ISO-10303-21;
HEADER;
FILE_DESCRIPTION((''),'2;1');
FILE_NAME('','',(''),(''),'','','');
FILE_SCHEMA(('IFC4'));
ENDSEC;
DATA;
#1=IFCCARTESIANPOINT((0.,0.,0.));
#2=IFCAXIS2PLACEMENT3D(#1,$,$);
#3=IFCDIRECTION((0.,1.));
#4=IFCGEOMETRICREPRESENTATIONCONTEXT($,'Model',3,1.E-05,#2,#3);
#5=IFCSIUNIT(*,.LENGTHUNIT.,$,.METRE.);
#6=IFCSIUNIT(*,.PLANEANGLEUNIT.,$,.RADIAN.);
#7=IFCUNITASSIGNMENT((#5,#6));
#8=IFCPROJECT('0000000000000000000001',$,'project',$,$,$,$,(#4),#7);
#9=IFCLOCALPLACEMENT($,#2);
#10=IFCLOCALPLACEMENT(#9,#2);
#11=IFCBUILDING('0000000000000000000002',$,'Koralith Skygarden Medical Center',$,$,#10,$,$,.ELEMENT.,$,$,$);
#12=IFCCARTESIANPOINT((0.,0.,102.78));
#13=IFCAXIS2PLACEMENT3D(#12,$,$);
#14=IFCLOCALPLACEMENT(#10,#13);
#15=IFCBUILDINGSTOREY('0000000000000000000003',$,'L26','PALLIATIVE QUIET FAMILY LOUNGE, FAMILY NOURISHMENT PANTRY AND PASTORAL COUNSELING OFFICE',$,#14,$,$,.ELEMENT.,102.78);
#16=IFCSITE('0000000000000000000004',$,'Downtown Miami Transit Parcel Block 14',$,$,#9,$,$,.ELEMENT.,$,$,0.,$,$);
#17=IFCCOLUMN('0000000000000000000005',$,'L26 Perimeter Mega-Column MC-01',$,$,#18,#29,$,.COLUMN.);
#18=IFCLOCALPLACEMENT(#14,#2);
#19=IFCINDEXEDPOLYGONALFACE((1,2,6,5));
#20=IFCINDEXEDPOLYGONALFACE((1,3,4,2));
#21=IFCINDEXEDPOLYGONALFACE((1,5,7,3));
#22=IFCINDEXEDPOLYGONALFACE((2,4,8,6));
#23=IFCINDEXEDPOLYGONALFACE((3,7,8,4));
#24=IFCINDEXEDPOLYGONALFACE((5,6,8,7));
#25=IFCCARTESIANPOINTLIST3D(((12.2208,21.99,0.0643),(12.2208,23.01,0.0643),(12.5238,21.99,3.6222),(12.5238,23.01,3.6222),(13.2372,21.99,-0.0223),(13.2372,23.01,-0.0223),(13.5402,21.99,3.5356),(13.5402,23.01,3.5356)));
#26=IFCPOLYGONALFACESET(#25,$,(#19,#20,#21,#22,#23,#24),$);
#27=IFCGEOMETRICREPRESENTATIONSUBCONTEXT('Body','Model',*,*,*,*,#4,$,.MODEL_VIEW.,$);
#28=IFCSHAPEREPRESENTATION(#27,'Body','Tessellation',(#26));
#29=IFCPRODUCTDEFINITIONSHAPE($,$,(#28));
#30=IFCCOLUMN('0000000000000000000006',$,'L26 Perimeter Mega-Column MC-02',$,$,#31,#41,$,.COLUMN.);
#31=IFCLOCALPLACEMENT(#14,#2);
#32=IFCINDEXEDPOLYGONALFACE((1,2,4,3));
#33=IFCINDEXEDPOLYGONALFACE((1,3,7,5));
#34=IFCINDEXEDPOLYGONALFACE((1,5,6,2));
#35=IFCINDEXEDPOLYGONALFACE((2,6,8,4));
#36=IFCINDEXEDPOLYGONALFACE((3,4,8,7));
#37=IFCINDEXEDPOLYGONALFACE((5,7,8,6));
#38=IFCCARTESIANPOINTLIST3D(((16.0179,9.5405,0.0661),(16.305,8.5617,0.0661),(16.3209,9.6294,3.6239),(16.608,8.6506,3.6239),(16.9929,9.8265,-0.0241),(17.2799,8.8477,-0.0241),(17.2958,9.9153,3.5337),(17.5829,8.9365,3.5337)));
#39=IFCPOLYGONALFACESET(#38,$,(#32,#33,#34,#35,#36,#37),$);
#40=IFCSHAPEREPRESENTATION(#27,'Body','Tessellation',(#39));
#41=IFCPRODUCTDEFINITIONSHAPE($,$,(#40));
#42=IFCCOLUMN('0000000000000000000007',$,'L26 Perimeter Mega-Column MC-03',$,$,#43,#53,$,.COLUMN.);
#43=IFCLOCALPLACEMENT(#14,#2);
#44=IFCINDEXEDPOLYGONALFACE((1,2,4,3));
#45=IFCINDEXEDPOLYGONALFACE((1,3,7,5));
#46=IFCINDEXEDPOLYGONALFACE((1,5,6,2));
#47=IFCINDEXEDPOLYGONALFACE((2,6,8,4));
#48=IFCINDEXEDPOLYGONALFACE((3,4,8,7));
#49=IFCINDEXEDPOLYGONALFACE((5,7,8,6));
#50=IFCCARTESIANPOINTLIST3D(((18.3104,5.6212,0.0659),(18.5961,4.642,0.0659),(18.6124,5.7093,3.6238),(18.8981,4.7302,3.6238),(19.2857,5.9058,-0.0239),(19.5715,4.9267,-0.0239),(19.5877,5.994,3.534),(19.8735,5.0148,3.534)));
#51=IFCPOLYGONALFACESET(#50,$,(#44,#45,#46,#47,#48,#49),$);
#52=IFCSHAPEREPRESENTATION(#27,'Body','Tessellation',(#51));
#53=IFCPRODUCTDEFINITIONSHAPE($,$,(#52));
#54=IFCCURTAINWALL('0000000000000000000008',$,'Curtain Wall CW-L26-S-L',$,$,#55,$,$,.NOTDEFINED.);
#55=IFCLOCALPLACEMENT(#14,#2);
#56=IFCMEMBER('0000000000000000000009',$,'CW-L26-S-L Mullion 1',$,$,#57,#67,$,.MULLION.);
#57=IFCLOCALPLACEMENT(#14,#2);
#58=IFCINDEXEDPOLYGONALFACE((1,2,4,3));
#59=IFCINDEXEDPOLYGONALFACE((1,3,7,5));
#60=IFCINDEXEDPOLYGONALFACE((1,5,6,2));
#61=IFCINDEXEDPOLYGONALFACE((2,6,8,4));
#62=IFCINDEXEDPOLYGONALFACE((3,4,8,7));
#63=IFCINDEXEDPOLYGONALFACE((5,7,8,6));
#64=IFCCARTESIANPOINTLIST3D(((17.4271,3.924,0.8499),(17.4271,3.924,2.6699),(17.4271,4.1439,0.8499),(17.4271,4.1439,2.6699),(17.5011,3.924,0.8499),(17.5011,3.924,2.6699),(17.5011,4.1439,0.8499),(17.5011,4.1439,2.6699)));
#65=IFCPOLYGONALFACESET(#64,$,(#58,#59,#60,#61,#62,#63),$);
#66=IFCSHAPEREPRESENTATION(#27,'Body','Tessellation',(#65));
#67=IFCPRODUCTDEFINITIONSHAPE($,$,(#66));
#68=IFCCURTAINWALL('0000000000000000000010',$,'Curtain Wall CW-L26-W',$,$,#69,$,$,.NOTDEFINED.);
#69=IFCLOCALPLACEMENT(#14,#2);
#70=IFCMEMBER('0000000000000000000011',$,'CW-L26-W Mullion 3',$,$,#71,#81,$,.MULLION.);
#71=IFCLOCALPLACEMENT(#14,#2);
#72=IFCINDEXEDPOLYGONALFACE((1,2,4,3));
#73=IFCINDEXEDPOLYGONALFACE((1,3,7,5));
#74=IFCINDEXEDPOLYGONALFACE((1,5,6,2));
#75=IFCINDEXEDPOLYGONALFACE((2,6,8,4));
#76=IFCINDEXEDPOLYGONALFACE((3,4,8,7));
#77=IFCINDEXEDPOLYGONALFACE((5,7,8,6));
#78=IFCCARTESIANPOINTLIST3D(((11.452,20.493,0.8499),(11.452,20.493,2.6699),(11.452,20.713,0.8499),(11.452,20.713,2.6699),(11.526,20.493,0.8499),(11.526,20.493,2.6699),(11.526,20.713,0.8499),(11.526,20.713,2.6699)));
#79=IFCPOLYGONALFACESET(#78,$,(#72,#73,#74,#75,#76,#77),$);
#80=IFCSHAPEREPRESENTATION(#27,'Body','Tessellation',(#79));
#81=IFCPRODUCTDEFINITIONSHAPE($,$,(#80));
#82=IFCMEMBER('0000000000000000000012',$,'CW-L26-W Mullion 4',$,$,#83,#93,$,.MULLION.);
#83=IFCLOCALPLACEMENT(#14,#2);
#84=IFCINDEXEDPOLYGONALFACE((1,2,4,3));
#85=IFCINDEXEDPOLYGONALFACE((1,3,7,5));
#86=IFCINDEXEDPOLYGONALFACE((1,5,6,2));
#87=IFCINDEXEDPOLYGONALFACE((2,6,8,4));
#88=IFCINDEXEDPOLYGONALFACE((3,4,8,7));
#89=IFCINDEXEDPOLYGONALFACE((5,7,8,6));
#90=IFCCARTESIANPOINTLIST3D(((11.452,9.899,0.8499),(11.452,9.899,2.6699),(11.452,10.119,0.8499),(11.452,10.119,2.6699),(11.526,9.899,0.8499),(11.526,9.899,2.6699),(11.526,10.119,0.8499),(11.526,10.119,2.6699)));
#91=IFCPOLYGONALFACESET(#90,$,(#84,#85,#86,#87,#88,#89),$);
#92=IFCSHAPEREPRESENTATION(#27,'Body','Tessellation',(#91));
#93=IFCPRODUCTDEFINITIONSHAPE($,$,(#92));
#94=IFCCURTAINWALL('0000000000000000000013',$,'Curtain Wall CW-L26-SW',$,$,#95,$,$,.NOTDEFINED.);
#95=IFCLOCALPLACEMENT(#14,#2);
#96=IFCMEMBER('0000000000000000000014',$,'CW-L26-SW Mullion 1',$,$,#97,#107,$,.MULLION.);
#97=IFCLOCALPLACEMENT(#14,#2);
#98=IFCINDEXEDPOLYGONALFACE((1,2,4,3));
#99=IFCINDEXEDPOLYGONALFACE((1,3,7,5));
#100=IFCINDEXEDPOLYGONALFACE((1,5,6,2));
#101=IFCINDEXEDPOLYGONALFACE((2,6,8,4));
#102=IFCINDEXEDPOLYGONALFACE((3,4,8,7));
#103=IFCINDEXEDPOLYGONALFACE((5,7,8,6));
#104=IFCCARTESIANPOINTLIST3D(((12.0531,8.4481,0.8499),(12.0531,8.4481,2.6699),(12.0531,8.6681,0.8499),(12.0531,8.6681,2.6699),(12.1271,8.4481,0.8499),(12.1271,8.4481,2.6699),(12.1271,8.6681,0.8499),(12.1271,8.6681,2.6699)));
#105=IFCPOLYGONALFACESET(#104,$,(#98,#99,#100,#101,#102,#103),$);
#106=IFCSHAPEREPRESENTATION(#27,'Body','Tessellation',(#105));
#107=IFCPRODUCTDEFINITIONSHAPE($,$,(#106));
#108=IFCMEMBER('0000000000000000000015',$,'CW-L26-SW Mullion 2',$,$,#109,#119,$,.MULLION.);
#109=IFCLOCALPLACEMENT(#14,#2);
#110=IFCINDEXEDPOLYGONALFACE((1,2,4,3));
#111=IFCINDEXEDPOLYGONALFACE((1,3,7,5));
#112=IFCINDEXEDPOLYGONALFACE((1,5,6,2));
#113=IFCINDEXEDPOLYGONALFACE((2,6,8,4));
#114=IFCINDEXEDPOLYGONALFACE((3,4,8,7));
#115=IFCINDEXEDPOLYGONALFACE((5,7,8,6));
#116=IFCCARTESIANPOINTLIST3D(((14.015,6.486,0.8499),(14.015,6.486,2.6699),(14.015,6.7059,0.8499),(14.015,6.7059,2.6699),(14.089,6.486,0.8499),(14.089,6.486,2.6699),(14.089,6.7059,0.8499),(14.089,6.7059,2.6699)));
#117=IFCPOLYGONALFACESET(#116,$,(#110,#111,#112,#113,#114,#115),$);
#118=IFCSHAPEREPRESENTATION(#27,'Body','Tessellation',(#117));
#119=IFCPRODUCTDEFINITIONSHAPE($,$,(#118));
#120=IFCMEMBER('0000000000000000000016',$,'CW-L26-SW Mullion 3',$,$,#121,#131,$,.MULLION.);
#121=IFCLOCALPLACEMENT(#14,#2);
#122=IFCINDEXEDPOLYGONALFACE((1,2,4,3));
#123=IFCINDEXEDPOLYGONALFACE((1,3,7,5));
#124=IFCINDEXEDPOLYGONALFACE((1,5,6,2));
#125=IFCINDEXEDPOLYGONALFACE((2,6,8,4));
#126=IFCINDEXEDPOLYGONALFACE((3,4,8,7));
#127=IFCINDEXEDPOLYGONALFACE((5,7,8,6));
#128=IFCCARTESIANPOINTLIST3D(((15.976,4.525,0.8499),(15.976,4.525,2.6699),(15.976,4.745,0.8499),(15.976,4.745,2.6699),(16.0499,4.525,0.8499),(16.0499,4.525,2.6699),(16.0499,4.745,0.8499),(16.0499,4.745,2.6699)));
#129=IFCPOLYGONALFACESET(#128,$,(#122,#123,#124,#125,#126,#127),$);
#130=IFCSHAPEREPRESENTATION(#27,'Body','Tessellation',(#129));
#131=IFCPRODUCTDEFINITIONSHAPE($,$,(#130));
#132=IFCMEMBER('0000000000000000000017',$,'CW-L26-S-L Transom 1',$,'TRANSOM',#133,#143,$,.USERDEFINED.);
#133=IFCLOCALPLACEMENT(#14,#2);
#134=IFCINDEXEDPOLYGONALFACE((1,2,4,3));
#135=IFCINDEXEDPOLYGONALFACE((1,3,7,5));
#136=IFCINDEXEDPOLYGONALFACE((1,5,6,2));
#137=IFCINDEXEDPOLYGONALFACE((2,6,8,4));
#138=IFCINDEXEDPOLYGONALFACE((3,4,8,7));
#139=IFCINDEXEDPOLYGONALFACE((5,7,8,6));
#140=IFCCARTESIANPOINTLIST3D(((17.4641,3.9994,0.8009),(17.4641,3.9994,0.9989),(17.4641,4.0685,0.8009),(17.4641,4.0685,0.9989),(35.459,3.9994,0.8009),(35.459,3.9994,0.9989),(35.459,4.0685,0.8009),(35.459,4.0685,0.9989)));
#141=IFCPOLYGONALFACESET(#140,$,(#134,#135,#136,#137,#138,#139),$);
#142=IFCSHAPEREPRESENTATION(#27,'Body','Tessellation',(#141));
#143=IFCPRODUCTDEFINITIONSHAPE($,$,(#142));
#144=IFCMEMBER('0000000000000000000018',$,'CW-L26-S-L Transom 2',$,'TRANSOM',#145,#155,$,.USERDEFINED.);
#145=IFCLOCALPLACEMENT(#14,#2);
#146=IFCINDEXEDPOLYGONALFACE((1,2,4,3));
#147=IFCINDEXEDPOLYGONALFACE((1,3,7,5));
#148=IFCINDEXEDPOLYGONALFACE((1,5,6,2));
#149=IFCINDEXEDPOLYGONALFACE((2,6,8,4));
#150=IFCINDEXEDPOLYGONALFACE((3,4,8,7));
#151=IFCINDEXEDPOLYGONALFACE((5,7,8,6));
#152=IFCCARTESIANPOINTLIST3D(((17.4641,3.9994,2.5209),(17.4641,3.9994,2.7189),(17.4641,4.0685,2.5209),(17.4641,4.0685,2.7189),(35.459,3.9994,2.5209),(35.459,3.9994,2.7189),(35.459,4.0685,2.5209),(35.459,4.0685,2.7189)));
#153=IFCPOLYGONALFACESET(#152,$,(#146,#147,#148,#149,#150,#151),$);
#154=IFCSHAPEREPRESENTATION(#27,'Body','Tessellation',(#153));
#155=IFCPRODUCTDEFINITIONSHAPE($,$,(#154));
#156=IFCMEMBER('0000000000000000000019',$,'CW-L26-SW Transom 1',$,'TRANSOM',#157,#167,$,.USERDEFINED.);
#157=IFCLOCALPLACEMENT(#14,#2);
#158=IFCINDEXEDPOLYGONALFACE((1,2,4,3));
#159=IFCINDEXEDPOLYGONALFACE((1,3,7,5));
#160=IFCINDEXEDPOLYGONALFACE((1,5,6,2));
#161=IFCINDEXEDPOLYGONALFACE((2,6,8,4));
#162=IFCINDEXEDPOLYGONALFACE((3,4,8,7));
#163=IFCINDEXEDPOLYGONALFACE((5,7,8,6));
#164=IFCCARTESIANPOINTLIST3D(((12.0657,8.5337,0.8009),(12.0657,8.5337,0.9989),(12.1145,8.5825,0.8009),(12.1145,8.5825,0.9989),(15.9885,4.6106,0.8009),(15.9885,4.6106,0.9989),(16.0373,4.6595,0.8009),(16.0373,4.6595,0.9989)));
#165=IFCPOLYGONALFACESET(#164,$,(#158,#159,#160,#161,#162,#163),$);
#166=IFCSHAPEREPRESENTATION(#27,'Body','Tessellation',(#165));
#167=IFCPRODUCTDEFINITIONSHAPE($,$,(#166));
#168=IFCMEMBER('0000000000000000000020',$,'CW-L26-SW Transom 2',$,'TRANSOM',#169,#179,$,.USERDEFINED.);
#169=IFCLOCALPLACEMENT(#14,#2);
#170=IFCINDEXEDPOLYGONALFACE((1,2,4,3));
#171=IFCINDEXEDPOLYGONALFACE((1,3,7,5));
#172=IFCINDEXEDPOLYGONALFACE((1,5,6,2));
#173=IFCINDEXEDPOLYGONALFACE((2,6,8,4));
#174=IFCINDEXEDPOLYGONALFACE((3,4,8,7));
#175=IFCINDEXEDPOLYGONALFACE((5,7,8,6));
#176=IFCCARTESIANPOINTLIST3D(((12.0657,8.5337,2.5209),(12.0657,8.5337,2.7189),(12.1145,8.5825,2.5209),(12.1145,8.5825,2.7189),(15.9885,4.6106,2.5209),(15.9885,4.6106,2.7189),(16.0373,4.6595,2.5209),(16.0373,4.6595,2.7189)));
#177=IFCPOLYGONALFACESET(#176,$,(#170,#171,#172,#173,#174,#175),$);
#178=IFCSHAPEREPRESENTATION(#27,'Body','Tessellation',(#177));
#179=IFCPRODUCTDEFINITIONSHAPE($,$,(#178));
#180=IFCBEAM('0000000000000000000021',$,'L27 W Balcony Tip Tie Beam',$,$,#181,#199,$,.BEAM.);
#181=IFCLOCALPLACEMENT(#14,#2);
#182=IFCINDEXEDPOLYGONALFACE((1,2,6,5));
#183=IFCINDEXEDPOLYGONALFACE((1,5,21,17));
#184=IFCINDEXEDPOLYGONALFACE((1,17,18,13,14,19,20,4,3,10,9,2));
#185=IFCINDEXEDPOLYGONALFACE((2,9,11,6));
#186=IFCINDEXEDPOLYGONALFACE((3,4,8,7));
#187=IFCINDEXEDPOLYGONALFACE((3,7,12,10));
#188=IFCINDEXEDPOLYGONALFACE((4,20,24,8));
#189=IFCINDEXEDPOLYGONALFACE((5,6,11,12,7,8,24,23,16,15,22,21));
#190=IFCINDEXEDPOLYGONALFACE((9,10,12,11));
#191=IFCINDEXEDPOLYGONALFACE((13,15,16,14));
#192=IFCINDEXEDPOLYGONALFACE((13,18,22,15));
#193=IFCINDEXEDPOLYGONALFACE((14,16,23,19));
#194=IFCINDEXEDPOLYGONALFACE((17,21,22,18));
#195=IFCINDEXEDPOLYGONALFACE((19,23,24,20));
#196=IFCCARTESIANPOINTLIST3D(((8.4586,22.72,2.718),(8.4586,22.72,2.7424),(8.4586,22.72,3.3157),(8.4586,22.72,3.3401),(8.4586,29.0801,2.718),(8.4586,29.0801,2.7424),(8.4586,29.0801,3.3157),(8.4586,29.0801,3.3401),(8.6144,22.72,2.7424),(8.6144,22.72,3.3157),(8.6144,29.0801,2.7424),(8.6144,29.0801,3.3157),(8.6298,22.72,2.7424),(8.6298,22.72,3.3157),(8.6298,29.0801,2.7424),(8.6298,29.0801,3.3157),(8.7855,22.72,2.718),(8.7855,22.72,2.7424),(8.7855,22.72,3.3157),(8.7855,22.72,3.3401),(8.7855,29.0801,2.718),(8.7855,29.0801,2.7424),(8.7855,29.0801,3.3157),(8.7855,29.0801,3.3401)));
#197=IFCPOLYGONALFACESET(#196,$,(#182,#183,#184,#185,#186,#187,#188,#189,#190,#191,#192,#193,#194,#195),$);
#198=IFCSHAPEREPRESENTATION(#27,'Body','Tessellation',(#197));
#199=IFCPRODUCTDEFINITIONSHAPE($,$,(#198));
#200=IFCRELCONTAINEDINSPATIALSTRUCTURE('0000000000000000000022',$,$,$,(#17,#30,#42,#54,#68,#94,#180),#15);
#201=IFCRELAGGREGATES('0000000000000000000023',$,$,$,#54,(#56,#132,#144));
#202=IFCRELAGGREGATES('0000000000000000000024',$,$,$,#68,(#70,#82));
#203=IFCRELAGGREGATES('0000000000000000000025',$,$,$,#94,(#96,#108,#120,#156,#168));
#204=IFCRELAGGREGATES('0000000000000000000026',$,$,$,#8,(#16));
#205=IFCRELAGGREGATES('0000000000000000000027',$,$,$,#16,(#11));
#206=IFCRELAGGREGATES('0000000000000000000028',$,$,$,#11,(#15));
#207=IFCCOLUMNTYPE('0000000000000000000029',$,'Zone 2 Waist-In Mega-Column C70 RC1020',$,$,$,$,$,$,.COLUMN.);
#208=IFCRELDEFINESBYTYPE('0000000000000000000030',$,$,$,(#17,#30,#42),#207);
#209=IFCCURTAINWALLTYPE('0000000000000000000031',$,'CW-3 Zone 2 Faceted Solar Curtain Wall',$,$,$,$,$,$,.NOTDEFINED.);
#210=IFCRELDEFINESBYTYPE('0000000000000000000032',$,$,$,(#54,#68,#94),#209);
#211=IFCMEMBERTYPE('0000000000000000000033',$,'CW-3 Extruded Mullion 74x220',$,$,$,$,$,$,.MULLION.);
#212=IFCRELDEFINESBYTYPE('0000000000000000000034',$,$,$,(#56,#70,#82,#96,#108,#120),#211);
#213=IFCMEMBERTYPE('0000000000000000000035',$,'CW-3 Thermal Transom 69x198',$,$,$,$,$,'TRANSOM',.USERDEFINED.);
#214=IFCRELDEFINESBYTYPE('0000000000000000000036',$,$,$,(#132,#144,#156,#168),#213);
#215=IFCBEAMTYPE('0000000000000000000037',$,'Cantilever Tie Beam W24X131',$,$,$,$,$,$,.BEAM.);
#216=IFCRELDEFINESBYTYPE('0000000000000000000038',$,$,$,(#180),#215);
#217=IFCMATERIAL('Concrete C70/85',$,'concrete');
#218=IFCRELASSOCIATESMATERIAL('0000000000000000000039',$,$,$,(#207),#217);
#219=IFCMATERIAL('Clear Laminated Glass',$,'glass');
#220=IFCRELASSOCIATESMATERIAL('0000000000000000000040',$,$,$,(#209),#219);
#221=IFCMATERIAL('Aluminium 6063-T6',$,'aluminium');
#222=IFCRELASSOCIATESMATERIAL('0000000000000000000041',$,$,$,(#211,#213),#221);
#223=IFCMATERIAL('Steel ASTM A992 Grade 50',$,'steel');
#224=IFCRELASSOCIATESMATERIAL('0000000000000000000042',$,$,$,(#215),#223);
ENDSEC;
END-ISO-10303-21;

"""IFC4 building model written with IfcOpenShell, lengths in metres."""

from ifc_helpers import new_model, si_unit, direction, frame, origin, origin_2d, place, context, subcontext, project, spatial, rectangle, i_section, extrude, material, material_profile, profile_set, type_object, element, aggregate, save


model = new_model("IFC4")

# Units and contexts
model_context = context("Model", 3, precision=1e-05, world=origin(), true_north=direction((0.0, 1.0)))
body_context = subcontext(model_context, "Body", "Model", "MODEL_VIEW")
ifc_project = project(units=[si_unit("LENGTHUNIT", "METRE"), si_unit("PLANEANGLEUNIT", "RADIAN")], contexts=[model_context])

# Site, building, storey
site_placement = place(None, origin())
site = spatial("IfcSite", under=ifc_project, at=site_placement, Name="Downtown Miami Transit Parcel Block 14", CompositionType="ELEMENT", RefElevation=0.0)
building_placement = place(site_placement, origin())
building = spatial("IfcBuilding", under=site, at=building_placement, Name="Koralith Skygarden Medical Center", CompositionType="ELEMENT")
storey_placement = place(building_placement, frame((0.0, 0.0, 102.78)))
storey = spatial("IfcBuildingStorey", under=building, at=storey_placement, Name="L26", Description="PALLIATIVE QUIET FAMILY LOUNGE, FAMILY NOURISHMENT PANTRY AND PASTORAL COUNSELING OFFICE", CompositionType="ELEMENT", Elevation=102.78)

# Columns
ifc_material_1 = material(Name="Concrete C70/85", Category="concrete")
ifc_material_profile_1 = material_profile(ifc_material_1, rectangle(XDim=1.02, YDim=1.02, at=origin_2d()), Name="RC1020X1020")
ifc_profile_set_1 = profile_set([ifc_material_profile_1], Name="Concrete C70/85")
column_type = type_object("IfcColumnType", Name="Zone 2 Waist-In Mega-Column C70 RC1020", PredefinedType="COLUMN", material=ifc_profile_set_1)
column_placement = place(storey_placement, frame((12.729, 22.5, 0.021), z_axis=(0.08485, 0.0, 0.996394), x_axis=(0.0, 1.0, 0.0)))
element("IfcColumn", 1, at=column_placement, inside=storey, type_object=column_type, Name="L26 Perimeter Mega-Column MC-01", PredefinedType="COLUMN", context=body_context, shape_type="SweptSolid", body=[
    extrude(rectangle(XDim=1.02, YDim=1.02, at=origin_2d()), origin(), (0.0, 0.0, 1.0), 3.5708),
])
for number, where, z_axis, x_axis, name in (
    (2, (16.6489, 9.1941, 0.021), (0.084824, 0.02488, 0.996085), (-0.281455, 0.959575, 0.0), "L26 Perimeter Mega-Column MC-02"),
    (3, (18.9409, 5.2739, 0.021), (0.084553, 0.024676, 0.996113), (-0.280149, 0.959957, 0.0), "L26 Perimeter Mega-Column MC-03"),
):
    element("IfcColumn", number, at=place(storey_placement, frame(where, z_axis=z_axis, x_axis=x_axis)), inside=storey, type_object=column_type, Name=name, PredefinedType="COLUMN", context=body_context, shape_type="SweptSolid", body=[
        extrude(rectangle(XDim=1.02, YDim=1.02, at=origin_2d()), origin(), (0.0, 0.0, 1.0), 3.5718),
    ])

# Curtain wall, member
ifc_material_2 = material(Name="Clear Laminated Glass", Category="glass")
curtain_wall_type = type_object("IfcCurtainWallType", Name="CW-3 Zone 2 Faceted Solar Curtain Wall", PredefinedType="NOTDEFINED", material=ifc_material_2)
curtain_wall_1_placement = place(storey_placement, origin())
curtain_wall_1 = element("IfcCurtainWall", 4, at=curtain_wall_1_placement, inside=storey, type_object=curtain_wall_type, Name="Curtain Wall CW-L26-S-L", PredefinedType="NOTDEFINED")
ifc_material_3 = material(Name="Aluminium 6063-T6", Category="aluminium")
ifc_material_profile_2 = material_profile(ifc_material_3, rectangle(XDim=0.074, YDim=0.22, at=origin_2d()), Name="MUL74X220")
ifc_profile_set_2 = profile_set([ifc_material_profile_2], Name="Aluminium 6063-T6")
member_type_1 = type_object("IfcMemberType", Name="CW-3 Extruded Mullion 74x220", PredefinedType="MULLION", material=ifc_profile_set_2)
member_1_placement = place(storey_placement, frame((17.4641, 4.0339, 0.8499), z_axis=(0.0, 0.0, 1.0), x_axis=(1.0, 0.0, 0.0)))
member_1 = element("IfcMember", 5, at=member_1_placement, type_object=member_type_1, Name="CW-L26-S-L Mullion 1", PredefinedType="MULLION", context=body_context, shape_type="SweptSolid", body=[
    extrude(rectangle(XDim=0.074, YDim=0.22, at=origin_2d()), origin(), (0.0, 0.0, 1.0), 1.8201),
])

# Curtain walls, members
curtain_wall_2_placement = place(storey_placement, origin())
curtain_wall_2 = element("IfcCurtainWall", 6, at=curtain_wall_2_placement, inside=storey, type_object=curtain_wall_type, Name="Curtain Wall CW-L26-W", PredefinedType="NOTDEFINED")
member_2_placement = place(storey_placement, frame((11.489, 20.603, 0.8499), z_axis=(0.0, 0.0, 1.0), x_axis=(1.0, 0.0, 0.0)))
member_2 = element("IfcMember", 7, at=member_2_placement, type_object=member_type_1, Name="CW-L26-W Mullion 3", PredefinedType="MULLION", context=body_context, shape_type="SweptSolid", body=[
    extrude(rectangle(XDim=0.074, YDim=0.22, at=origin_2d()), origin(), (0.0, 0.0, 1.0), 1.8201),
])
member_3_placement = place(storey_placement, frame((11.489, 10.009, 0.8499), z_axis=(0.0, 0.0, 1.0), x_axis=(1.0, 0.0, 0.0)))
member_3 = element("IfcMember", 8, at=member_3_placement, type_object=member_type_1, Name="CW-L26-W Mullion 4", PredefinedType="MULLION", context=body_context, shape_type="SweptSolid", body=[
    extrude(rectangle(XDim=0.074, YDim=0.22, at=origin_2d()), origin(), (0.0, 0.0, 1.0), 1.8201),
])
curtain_wall_3_placement = place(storey_placement, origin())
curtain_wall_3 = element("IfcCurtainWall", 9, at=curtain_wall_3_placement, inside=storey, type_object=curtain_wall_type, Name="Curtain Wall CW-L26-SW", PredefinedType="NOTDEFINED")
member_4_placement = place(storey_placement, frame((12.0901, 8.5581, 0.8499), z_axis=(0.0, 0.0, 1.0), x_axis=(1.0, 0.0, 0.0)))
member_4 = element("IfcMember", 10, at=member_4_placement, type_object=member_type_1, Name="CW-L26-SW Mullion 1", PredefinedType="MULLION", context=body_context, shape_type="SweptSolid", body=[
    extrude(rectangle(XDim=0.074, YDim=0.22, at=origin_2d()), origin(), (0.0, 0.0, 1.0), 1.8201),
])
member_5_placement = place(storey_placement, frame((14.052, 6.5959, 0.8499), z_axis=(0.0, 0.0, 1.0), x_axis=(1.0, 0.0, 0.0)))
member_5 = element("IfcMember", 11, at=member_5_placement, type_object=member_type_1, Name="CW-L26-SW Mullion 2", PredefinedType="MULLION", context=body_context, shape_type="SweptSolid", body=[
    extrude(rectangle(XDim=0.074, YDim=0.22, at=origin_2d()), origin(), (0.0, 0.0, 1.0), 1.8201),
])
member_6_placement = place(storey_placement, frame((16.0129, 4.635, 0.8499), z_axis=(0.0, 0.0, 1.0), x_axis=(1.0, 0.0, 0.0)))
member_6 = element("IfcMember", 12, at=member_6_placement, type_object=member_type_1, Name="CW-L26-SW Mullion 3", PredefinedType="MULLION", context=body_context, shape_type="SweptSolid", body=[
    extrude(rectangle(XDim=0.074, YDim=0.22, at=origin_2d()), origin(), (0.0, 0.0, 1.0), 1.8201),
])

# Members
ifc_material_profile_3 = material_profile(ifc_material_3, rectangle(XDim=0.0691, YDim=0.198, at=origin_2d()), Name="TRN69X198")
ifc_profile_set_3 = profile_set([ifc_material_profile_3], Name="Aluminium 6063-T6")
member_type_2 = type_object("IfcMemberType", Name="CW-3 Thermal Transom 69x198", ElementType="TRANSOM", PredefinedType="USERDEFINED", material=ifc_profile_set_3)
member_7_placement = place(storey_placement, frame((17.4641, 4.0339, 0.8999), z_axis=(1.0, 0.0, 0.0), x_axis=(0.0, 1.0, 0.0)))
member_7 = element("IfcMember", 13, at=member_7_placement, type_object=member_type_2, Name="CW-L26-S-L Transom 1", ObjectType="TRANSOM", PredefinedType="USERDEFINED", context=body_context, shape_type="SweptSolid", body=[
    extrude(rectangle(XDim=0.0691, YDim=0.198, at=origin_2d()), origin(), (0.0, 0.0, 1.0), 17.9949),
])
member_8_placement = place(storey_placement, frame((17.4641, 4.0339, 2.6199), z_axis=(1.0, 0.0, 0.0), x_axis=(0.0, 1.0, 0.0)))
member_8 = element("IfcMember", 14, at=member_8_placement, type_object=member_type_2, Name="CW-L26-S-L Transom 2", ObjectType="TRANSOM", PredefinedType="USERDEFINED", context=body_context, shape_type="SweptSolid", body=[
    extrude(rectangle(XDim=0.0691, YDim=0.198, at=origin_2d()), origin(), (0.0, 0.0, 1.0), 17.9949),
])
member_9_placement = place(storey_placement, frame((12.0901, 8.5581, 0.8999), z_axis=(0.707085, -0.707129, 0.0), x_axis=(0.707129, 0.707085, 0.0)))
member_9 = element("IfcMember", 15, at=member_9_placement, type_object=member_type_2, Name="CW-L26-SW Transom 1", ObjectType="TRANSOM", PredefinedType="USERDEFINED", context=body_context, shape_type="SweptSolid", body=[
    extrude(rectangle(XDim=0.0691, YDim=0.198, at=origin_2d()), origin(), (0.0, 0.0, 1.0), 5.5479),
])
member_10_placement = place(storey_placement, frame((12.0901, 8.5581, 2.6199), z_axis=(0.707085, -0.707129, 0.0), x_axis=(0.707129, 0.707085, 0.0)))
member_10 = element("IfcMember", 16, at=member_10_placement, type_object=member_type_2, Name="CW-L26-SW Transom 2", ObjectType="TRANSOM", PredefinedType="USERDEFINED", context=body_context, shape_type="SweptSolid", body=[
    extrude(rectangle(XDim=0.0691, YDim=0.198, at=origin_2d()), origin(), (0.0, 0.0, 1.0), 5.5479),
])

# Beam
ifc_material_4 = material(Name="Steel ASTM A992 Grade 50", Category="steel")
ifc_material_profile_4 = material_profile(ifc_material_4, i_section(OverallWidth=0.3269, OverallDepth=0.6221, WebThickness=0.0154, FlangeThickness=0.0244, at=origin_2d()), Name="W24X131")
ifc_profile_set_4 = profile_set([ifc_material_profile_4], Name="Steel ASTM A992 Grade 50")
beam_type_1 = type_object("IfcBeamType", Name="Cantilever Tie Beam W24X131", PredefinedType="BEAM", material=ifc_profile_set_4)
beam_1_placement = place(storey_placement, frame((8.6221, 22.72, 3.0291), z_axis=(0.0, 1.0, 0.0), x_axis=(-1.0, 0.0, 0.0)))
element("IfcBeam", 17, at=beam_1_placement, inside=storey, type_object=beam_type_1, Name="L27 W Balcony Tip Tie Beam", PredefinedType="BEAM", context=body_context, shape_type="SweptSolid", body=[
    extrude(i_section(OverallWidth=0.3269, OverallDepth=0.6221, WebThickness=0.0154, FlangeThickness=0.0244, at=origin_2d()), origin(), (0.0, 0.0, 1.0), 6.3601),
])

aggregate(curtain_wall_1, [member_1, member_7, member_8])
aggregate(curtain_wall_2, [member_2, member_3])
aggregate(curtain_wall_3, [member_4, member_5, member_6, member_9, member_10])

save(model, "model.ifc")
